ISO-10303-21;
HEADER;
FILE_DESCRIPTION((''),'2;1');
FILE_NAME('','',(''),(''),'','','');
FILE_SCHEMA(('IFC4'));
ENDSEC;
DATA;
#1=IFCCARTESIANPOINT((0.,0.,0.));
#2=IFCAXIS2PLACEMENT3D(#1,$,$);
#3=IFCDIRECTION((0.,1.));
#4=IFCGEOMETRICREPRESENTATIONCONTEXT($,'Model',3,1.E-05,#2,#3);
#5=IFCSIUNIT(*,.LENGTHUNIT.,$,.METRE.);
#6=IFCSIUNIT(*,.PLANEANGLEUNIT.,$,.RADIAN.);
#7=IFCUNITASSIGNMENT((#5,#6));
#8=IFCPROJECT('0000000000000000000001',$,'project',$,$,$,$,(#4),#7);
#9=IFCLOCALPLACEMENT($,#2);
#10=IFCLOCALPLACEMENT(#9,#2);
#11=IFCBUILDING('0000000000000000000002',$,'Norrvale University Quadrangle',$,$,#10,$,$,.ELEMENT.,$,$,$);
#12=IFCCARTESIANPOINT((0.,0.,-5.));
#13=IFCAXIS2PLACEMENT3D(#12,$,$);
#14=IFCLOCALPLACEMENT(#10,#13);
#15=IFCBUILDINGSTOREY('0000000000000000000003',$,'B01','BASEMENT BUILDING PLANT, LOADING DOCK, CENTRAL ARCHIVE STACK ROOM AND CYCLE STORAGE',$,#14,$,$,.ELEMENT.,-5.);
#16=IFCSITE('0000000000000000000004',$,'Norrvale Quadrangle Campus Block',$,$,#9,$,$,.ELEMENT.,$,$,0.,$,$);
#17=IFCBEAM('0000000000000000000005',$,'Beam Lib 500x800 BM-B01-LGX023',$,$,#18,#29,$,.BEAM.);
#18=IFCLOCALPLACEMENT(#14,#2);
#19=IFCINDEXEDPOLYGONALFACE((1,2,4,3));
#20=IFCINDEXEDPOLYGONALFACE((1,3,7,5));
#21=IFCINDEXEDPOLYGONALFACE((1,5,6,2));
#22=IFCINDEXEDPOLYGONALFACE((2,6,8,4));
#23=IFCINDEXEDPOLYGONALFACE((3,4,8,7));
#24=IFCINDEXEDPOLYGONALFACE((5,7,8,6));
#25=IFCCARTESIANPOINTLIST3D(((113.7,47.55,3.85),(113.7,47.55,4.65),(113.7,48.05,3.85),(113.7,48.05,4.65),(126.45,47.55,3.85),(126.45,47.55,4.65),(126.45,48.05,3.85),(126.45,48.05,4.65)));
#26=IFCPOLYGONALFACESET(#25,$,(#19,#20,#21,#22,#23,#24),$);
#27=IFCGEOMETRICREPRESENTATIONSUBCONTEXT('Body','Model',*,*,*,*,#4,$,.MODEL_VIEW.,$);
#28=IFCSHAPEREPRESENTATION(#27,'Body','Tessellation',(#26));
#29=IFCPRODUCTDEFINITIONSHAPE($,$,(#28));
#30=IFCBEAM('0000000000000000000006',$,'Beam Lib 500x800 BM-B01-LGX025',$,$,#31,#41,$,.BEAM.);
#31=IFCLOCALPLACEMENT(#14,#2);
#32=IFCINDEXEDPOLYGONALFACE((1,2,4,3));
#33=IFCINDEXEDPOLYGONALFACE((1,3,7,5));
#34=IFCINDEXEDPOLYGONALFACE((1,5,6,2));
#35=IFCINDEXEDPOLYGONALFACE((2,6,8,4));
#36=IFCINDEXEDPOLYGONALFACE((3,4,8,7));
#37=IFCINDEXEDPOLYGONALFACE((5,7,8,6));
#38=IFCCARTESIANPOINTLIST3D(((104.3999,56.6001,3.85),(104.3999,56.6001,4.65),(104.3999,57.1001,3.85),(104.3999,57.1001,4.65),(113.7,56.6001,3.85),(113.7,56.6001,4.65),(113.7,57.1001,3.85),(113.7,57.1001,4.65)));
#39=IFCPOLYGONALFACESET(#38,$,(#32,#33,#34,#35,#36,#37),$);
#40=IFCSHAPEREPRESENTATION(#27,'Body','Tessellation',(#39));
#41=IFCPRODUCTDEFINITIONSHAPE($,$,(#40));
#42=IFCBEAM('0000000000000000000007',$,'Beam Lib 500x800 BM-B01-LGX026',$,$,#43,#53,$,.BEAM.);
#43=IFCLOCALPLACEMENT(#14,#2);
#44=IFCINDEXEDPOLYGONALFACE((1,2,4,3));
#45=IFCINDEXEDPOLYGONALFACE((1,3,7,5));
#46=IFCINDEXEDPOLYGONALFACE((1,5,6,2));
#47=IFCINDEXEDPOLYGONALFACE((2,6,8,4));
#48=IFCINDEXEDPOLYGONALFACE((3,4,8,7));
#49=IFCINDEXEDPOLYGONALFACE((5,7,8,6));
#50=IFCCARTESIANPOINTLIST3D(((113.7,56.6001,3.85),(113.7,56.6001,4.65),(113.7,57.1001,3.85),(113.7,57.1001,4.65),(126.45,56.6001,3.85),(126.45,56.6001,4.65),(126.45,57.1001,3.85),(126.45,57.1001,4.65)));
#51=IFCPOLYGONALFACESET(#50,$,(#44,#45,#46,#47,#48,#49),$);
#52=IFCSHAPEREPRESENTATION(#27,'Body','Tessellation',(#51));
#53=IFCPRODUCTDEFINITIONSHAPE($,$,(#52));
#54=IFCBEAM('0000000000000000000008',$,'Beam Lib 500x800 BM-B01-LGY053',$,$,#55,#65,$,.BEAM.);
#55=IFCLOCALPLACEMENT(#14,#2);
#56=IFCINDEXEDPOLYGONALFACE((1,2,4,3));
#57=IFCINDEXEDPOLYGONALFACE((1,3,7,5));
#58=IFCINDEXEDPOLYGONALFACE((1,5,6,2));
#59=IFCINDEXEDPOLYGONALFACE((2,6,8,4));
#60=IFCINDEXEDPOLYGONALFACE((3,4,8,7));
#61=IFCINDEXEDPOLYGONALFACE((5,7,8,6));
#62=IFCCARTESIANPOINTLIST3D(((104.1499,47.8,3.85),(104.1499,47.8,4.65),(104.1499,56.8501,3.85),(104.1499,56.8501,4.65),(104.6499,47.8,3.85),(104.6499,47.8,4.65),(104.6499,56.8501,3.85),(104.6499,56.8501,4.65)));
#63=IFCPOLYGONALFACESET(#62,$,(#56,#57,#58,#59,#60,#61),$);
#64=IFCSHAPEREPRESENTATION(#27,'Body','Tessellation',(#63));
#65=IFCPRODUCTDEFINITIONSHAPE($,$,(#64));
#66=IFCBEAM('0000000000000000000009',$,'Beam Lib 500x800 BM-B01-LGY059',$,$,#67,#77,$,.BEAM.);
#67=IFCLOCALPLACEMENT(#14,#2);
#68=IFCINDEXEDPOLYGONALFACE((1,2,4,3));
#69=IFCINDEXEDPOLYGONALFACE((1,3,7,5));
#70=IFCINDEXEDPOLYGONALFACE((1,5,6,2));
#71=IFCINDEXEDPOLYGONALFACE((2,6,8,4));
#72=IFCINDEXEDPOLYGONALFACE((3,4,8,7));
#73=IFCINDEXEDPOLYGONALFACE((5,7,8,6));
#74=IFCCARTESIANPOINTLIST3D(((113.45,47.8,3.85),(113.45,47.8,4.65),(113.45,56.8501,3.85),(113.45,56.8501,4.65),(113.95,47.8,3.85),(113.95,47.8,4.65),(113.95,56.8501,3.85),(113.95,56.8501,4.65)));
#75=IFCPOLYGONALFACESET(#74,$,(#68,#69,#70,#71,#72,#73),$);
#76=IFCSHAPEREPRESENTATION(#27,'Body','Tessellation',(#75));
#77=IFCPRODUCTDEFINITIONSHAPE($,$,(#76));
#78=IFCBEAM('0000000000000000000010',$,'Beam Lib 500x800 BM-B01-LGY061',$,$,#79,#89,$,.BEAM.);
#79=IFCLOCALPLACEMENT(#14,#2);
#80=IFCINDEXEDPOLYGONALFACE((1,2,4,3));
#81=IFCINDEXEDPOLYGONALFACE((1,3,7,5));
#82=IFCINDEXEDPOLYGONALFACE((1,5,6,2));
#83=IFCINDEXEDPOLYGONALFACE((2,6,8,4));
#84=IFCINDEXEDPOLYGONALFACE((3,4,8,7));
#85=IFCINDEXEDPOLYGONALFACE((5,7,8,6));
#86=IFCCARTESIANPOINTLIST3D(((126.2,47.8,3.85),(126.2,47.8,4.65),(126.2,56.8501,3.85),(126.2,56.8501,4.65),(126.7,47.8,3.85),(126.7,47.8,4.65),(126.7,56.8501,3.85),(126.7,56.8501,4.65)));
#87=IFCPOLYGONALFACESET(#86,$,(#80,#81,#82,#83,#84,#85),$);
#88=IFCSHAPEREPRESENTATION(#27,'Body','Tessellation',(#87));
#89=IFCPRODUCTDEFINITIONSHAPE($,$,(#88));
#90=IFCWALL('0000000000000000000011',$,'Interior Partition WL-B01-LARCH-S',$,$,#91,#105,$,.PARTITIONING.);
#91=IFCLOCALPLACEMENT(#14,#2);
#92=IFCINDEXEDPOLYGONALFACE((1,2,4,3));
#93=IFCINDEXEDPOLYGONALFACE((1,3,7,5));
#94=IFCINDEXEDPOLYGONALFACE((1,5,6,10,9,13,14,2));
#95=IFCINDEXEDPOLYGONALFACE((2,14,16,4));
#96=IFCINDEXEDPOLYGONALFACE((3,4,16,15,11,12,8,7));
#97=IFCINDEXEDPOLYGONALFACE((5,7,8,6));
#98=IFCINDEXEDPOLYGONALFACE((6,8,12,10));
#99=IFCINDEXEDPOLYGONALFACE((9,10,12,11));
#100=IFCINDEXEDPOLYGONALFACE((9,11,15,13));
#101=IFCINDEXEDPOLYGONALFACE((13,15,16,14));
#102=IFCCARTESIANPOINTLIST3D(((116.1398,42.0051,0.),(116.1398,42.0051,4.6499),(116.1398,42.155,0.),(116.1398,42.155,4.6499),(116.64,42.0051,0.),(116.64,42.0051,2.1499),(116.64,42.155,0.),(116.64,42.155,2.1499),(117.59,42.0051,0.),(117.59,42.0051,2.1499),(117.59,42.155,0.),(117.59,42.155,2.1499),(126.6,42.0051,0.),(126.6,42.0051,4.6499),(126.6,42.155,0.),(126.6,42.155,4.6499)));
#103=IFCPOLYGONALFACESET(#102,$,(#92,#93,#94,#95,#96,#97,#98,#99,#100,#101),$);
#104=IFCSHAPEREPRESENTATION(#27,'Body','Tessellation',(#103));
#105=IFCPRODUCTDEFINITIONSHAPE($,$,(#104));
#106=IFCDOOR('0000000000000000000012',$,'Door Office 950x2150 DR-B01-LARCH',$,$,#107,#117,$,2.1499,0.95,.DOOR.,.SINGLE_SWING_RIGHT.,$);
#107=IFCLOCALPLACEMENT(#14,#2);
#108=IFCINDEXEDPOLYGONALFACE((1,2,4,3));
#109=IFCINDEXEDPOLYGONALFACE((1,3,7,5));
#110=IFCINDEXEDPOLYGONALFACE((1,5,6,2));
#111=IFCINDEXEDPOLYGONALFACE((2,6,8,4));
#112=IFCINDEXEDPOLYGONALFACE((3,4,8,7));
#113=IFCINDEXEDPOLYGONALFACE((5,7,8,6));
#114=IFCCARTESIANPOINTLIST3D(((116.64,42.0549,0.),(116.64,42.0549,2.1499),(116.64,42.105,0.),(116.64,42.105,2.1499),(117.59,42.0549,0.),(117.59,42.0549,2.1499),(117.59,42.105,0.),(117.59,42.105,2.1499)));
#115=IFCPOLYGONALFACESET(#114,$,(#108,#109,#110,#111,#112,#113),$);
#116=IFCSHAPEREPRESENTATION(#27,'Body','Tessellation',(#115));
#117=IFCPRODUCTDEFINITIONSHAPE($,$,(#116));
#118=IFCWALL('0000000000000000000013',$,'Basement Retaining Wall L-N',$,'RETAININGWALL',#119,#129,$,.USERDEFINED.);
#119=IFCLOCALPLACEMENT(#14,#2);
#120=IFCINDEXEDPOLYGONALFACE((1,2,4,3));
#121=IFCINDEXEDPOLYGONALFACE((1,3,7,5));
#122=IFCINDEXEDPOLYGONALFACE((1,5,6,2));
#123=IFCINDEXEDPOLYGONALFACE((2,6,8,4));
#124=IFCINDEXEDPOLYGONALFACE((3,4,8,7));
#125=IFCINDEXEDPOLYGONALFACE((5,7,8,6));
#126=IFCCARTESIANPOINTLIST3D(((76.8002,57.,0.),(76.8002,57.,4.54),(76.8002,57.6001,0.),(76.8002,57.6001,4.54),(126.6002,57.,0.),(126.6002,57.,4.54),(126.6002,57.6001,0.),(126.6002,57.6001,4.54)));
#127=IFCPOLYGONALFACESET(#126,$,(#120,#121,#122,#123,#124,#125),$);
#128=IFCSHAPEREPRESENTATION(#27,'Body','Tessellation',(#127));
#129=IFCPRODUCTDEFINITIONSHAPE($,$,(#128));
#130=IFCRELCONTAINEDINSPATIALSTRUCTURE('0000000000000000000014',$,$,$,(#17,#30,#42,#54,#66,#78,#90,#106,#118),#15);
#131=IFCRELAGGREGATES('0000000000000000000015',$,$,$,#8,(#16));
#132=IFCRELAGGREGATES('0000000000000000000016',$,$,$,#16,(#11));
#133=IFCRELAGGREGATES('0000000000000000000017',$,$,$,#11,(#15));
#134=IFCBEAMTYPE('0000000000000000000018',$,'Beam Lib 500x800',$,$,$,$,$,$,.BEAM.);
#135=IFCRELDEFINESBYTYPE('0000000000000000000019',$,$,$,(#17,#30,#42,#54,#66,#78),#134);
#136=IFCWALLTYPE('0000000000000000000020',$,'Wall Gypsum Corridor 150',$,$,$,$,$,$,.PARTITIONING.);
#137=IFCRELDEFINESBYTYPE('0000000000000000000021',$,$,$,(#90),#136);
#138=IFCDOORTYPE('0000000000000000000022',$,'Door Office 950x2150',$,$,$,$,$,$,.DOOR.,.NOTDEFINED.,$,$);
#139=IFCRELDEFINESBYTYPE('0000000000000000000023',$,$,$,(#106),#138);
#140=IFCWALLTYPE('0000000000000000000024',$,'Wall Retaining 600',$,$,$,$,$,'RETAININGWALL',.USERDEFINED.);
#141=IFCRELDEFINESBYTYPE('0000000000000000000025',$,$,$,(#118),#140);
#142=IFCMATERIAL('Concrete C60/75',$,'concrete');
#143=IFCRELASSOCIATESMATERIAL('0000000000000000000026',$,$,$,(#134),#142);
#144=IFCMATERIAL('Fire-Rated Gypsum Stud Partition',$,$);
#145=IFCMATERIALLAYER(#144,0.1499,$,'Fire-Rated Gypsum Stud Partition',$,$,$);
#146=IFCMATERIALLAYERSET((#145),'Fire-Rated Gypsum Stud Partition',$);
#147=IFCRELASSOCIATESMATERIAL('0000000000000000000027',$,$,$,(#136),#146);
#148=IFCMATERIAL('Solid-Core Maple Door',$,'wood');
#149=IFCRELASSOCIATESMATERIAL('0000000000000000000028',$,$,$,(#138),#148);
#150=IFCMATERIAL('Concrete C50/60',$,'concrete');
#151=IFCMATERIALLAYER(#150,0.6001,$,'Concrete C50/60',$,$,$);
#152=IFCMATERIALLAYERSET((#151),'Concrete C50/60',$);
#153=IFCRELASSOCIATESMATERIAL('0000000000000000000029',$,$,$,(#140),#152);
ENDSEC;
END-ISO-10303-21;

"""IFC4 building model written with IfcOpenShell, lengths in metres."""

from ifc_helpers import new_model, si_unit, direction, frame, frame_2d, origin, origin_2d, place, context, subcontext, project, spatial, rectangle, extrude, material, layer, layer_set, material_profile, profile_set, type_object, element, fill, save


model = new_model("IFC4")

# Units and contexts
model_context = context("Model", 3, precision=1e-05, world=origin(), true_north=direction((0.0, 1.0)))
body_context = subcontext(model_context, "Body", "Model", "MODEL_VIEW")
ifc_project = project(units=[si_unit("LENGTHUNIT", "METRE"), si_unit("PLANEANGLEUNIT", "RADIAN")], contexts=[model_context])

# Site, building, storey
site_placement = place(None, origin())
site = spatial("IfcSite", under=ifc_project, at=site_placement, Name="Norrvale Quadrangle Campus Block", CompositionType="ELEMENT", RefElevation=0.0)
building_placement = place(site_placement, origin())
building = spatial("IfcBuilding", under=site, at=building_placement, Name="Norrvale University Quadrangle", CompositionType="ELEMENT")
storey_placement = place(building_placement, frame((0.0, 0.0, -5.0)))
storey = spatial("IfcBuildingStorey", under=building, at=storey_placement, Name="B01", Description="BASEMENT BUILDING PLANT, LOADING DOCK, CENTRAL ARCHIVE STACK ROOM AND CYCLE STORAGE", CompositionType="ELEMENT", Elevation=-5.0)

# Shared definitions
ifc_material_1 = material(Name="Concrete C50/60", Category="concrete")

# Shared definitions
ifc_material_2 = material(Name="Concrete C60/75", Category="concrete")

# Beams
ifc_material_profile_1 = material_profile(ifc_material_2, rectangle(XDim=0.5, YDim=0.8, at=origin_2d()), Name="Concrete C60/75")
ifc_profile_set_1 = profile_set([ifc_material_profile_1], Name="Concrete C60/75")
beam_type = type_object("IfcBeamType", Name="Beam Lib 500x800", PredefinedType="BEAM", material=ifc_profile_set_1)
beam_1_placement = place(storey_placement, frame((113.7, 47.8, 4.25), z_axis=(1.0, 0.0, 0.0), x_axis=(0.0, 1.0, 0.0)))
element("IfcBeam", 1, at=beam_1_placement, inside=storey, type_object=beam_type, Name="Beam Lib 500x800 BM-B01-LGX023", PredefinedType="BEAM", context=body_context, shape_type="SweptSolid", body=[
    extrude(rectangle(XDim=0.5, YDim=0.8, at=origin_2d()), origin(), (0.0, 0.0, 1.0), 12.75),
])
beam_2_placement = place(storey_placement, frame((104.3999, 56.8501, 4.25), z_axis=(1.0, 0.0, 0.0), x_axis=(0.0, 1.0, 0.0)))
element("IfcBeam", 2, at=beam_2_placement, inside=storey, type_object=beam_type, Name="Beam Lib 500x800 BM-B01-LGX025", PredefinedType="BEAM", context=body_context, shape_type="SweptSolid", body=[
    extrude(rectangle(XDim=0.5, YDim=0.8, at=origin_2d()), origin(), (0.0, 0.0, 1.0), 9.3),
])
beam_3_placement = place(storey_placement, frame((113.7, 56.8501, 4.25), z_axis=(1.0, 0.0, 0.0), x_axis=(0.0, 1.0, 0.0)))
element("IfcBeam", 3, at=beam_3_placement, inside=storey, type_object=beam_type, Name="Beam Lib 500x800 BM-B01-LGX026", PredefinedType="BEAM", context=body_context, shape_type="SweptSolid", body=[
    extrude(rectangle(XDim=0.5, YDim=0.8, at=origin_2d()), origin(), (0.0, 0.0, 1.0), 12.75),
])
for number, where, z_axis, x_axis, name in (
    (4, (104.3999, 47.8, 4.25), (0.0, 1.0, 0.0), (-1.0, 0.0, 0.0), "Beam Lib 500x800 BM-B01-LGY053"),
    (5, (113.7, 47.8, 4.25), (0.0, 1.0, 0.0), (-1.0, 0.0, 0.0), "Beam Lib 500x800 BM-B01-LGY059"),
    (6, (126.45, 47.8, 4.25), (0.0, 1.0, 0.0), (-1.0, 0.0, 0.0), "Beam Lib 500x800 BM-B01-LGY061"),
):
    element("IfcBeam", number, at=place(storey_placement, frame(where, z_axis=z_axis, x_axis=x_axis)), inside=storey, type_object=beam_type, Name=name, PredefinedType="BEAM", context=body_context, shape_type="SweptSolid", body=[
        extrude(rectangle(XDim=0.5, YDim=0.8, at=origin_2d()), origin(), (0.0, 0.0, 1.0), 9.05),
    ])

# Wall, opening, door
ifc_material_3 = material(Name="Fire-Rated Gypsum Stud Partition")
ifc_layer_1 = layer(ifc_material_3, 0.1499, Name="Fire-Rated Gypsum Stud Partition")
ifc_layer_set_1 = layer_set([ifc_layer_1], Name="Fire-Rated Gypsum Stud Partition")
wall_type_1 = type_object("IfcWallType", Name="Wall Gypsum Corridor 150", PredefinedType="PARTITIONING", material=ifc_layer_set_1)
wall_1_placement = place(storey_placement, frame((116.1399, 42.0801, 0.0), z_axis=(0.0, 0.0, 1.0), x_axis=(1.0, 0.0, 0.0)))
wall_1 = element("IfcWall", 7, at=wall_1_placement, inside=storey, type_object=wall_type_1, Name="Interior Partition WL-B01-LARCH-S", PredefinedType="PARTITIONING", context=body_context, shape_type="SweptSolid", body=[
    extrude(rectangle(XDim=10.4602, YDim=0.1499, at=frame_2d((5.23, 0.0))), origin(), (0.0, 0.0, 1.0), 4.6499),
])
opening_placement = place(wall_1_placement, frame((0.5, 0.0, 0.0)))
opening = element("IfcOpeningElement", 8, at=opening_placement, cuts=wall_1, PredefinedType="OPENING", context=body_context, shape_type="SweptSolid", body=[
    extrude(rectangle(XDim=0.95, YDim=2.1499, at=frame_2d((0.4751, 1.075))), frame((0.0, 0.0869, 0.0), z_axis=(0.0, -1.0, 0.0), x_axis=(1.0, 0.0, 0.0)), (0.0, 0.0, 1.0), 0.1738),
])
ifc_material_4 = material(Name="Solid-Core Maple Door", Category="wood")
door_type = type_object("IfcDoorType", Name="Door Office 950x2150", OperationType="NOTDEFINED", PredefinedType="DOOR", material=ifc_material_4)
door_placement = place(opening_placement, origin())
door = element("IfcDoor", 9, at=door_placement, inside=storey, type_object=door_type, Name="Door Office 950x2150 DR-B01-LARCH", OperationType="SINGLE_SWING_RIGHT", OverallHeight=2.1499, OverallWidth=0.95, PredefinedType="DOOR", context=body_context, shape_type="SweptSolid", body=[
    extrude(rectangle(XDim=0.95, YDim=2.1499, at=frame_2d((0.4751, 1.075))), frame((0.0, 0.0249, 0.0), z_axis=(0.0, -1.0, 0.0), x_axis=(1.0, 0.0, 0.0)), (0.0, 0.0, 1.0), 0.05),
])
fill(opening, door)

# Wall
ifc_layer_2 = layer(ifc_material_1, 0.6001, Name="Concrete C50/60")
ifc_layer_set_2 = layer_set([ifc_layer_2], Name="Concrete C50/60")
wall_type_2 = type_object("IfcWallType", Name="Wall Retaining 600", ElementType="RETAININGWALL", PredefinedType="USERDEFINED", material=ifc_layer_set_2)
wall_2_placement = place(storey_placement, frame((126.6001, 57.3, 0.0), z_axis=(0.0, 0.0, 1.0), x_axis=(-1.0, 0.0, 0.0)))
element("IfcWall", 10, at=wall_2_placement, inside=storey, type_object=wall_type_2, Name="Basement Retaining Wall L-N", ObjectType="RETAININGWALL", PredefinedType="USERDEFINED", context=body_context, shape_type="SweptSolid", body=[
    extrude(rectangle(XDim=49.8, YDim=0.6001, at=frame_2d((24.8999, 0.0))), origin(), (0.0, 0.0, 1.0), 4.54),
])

save(model, "model.ifc")
